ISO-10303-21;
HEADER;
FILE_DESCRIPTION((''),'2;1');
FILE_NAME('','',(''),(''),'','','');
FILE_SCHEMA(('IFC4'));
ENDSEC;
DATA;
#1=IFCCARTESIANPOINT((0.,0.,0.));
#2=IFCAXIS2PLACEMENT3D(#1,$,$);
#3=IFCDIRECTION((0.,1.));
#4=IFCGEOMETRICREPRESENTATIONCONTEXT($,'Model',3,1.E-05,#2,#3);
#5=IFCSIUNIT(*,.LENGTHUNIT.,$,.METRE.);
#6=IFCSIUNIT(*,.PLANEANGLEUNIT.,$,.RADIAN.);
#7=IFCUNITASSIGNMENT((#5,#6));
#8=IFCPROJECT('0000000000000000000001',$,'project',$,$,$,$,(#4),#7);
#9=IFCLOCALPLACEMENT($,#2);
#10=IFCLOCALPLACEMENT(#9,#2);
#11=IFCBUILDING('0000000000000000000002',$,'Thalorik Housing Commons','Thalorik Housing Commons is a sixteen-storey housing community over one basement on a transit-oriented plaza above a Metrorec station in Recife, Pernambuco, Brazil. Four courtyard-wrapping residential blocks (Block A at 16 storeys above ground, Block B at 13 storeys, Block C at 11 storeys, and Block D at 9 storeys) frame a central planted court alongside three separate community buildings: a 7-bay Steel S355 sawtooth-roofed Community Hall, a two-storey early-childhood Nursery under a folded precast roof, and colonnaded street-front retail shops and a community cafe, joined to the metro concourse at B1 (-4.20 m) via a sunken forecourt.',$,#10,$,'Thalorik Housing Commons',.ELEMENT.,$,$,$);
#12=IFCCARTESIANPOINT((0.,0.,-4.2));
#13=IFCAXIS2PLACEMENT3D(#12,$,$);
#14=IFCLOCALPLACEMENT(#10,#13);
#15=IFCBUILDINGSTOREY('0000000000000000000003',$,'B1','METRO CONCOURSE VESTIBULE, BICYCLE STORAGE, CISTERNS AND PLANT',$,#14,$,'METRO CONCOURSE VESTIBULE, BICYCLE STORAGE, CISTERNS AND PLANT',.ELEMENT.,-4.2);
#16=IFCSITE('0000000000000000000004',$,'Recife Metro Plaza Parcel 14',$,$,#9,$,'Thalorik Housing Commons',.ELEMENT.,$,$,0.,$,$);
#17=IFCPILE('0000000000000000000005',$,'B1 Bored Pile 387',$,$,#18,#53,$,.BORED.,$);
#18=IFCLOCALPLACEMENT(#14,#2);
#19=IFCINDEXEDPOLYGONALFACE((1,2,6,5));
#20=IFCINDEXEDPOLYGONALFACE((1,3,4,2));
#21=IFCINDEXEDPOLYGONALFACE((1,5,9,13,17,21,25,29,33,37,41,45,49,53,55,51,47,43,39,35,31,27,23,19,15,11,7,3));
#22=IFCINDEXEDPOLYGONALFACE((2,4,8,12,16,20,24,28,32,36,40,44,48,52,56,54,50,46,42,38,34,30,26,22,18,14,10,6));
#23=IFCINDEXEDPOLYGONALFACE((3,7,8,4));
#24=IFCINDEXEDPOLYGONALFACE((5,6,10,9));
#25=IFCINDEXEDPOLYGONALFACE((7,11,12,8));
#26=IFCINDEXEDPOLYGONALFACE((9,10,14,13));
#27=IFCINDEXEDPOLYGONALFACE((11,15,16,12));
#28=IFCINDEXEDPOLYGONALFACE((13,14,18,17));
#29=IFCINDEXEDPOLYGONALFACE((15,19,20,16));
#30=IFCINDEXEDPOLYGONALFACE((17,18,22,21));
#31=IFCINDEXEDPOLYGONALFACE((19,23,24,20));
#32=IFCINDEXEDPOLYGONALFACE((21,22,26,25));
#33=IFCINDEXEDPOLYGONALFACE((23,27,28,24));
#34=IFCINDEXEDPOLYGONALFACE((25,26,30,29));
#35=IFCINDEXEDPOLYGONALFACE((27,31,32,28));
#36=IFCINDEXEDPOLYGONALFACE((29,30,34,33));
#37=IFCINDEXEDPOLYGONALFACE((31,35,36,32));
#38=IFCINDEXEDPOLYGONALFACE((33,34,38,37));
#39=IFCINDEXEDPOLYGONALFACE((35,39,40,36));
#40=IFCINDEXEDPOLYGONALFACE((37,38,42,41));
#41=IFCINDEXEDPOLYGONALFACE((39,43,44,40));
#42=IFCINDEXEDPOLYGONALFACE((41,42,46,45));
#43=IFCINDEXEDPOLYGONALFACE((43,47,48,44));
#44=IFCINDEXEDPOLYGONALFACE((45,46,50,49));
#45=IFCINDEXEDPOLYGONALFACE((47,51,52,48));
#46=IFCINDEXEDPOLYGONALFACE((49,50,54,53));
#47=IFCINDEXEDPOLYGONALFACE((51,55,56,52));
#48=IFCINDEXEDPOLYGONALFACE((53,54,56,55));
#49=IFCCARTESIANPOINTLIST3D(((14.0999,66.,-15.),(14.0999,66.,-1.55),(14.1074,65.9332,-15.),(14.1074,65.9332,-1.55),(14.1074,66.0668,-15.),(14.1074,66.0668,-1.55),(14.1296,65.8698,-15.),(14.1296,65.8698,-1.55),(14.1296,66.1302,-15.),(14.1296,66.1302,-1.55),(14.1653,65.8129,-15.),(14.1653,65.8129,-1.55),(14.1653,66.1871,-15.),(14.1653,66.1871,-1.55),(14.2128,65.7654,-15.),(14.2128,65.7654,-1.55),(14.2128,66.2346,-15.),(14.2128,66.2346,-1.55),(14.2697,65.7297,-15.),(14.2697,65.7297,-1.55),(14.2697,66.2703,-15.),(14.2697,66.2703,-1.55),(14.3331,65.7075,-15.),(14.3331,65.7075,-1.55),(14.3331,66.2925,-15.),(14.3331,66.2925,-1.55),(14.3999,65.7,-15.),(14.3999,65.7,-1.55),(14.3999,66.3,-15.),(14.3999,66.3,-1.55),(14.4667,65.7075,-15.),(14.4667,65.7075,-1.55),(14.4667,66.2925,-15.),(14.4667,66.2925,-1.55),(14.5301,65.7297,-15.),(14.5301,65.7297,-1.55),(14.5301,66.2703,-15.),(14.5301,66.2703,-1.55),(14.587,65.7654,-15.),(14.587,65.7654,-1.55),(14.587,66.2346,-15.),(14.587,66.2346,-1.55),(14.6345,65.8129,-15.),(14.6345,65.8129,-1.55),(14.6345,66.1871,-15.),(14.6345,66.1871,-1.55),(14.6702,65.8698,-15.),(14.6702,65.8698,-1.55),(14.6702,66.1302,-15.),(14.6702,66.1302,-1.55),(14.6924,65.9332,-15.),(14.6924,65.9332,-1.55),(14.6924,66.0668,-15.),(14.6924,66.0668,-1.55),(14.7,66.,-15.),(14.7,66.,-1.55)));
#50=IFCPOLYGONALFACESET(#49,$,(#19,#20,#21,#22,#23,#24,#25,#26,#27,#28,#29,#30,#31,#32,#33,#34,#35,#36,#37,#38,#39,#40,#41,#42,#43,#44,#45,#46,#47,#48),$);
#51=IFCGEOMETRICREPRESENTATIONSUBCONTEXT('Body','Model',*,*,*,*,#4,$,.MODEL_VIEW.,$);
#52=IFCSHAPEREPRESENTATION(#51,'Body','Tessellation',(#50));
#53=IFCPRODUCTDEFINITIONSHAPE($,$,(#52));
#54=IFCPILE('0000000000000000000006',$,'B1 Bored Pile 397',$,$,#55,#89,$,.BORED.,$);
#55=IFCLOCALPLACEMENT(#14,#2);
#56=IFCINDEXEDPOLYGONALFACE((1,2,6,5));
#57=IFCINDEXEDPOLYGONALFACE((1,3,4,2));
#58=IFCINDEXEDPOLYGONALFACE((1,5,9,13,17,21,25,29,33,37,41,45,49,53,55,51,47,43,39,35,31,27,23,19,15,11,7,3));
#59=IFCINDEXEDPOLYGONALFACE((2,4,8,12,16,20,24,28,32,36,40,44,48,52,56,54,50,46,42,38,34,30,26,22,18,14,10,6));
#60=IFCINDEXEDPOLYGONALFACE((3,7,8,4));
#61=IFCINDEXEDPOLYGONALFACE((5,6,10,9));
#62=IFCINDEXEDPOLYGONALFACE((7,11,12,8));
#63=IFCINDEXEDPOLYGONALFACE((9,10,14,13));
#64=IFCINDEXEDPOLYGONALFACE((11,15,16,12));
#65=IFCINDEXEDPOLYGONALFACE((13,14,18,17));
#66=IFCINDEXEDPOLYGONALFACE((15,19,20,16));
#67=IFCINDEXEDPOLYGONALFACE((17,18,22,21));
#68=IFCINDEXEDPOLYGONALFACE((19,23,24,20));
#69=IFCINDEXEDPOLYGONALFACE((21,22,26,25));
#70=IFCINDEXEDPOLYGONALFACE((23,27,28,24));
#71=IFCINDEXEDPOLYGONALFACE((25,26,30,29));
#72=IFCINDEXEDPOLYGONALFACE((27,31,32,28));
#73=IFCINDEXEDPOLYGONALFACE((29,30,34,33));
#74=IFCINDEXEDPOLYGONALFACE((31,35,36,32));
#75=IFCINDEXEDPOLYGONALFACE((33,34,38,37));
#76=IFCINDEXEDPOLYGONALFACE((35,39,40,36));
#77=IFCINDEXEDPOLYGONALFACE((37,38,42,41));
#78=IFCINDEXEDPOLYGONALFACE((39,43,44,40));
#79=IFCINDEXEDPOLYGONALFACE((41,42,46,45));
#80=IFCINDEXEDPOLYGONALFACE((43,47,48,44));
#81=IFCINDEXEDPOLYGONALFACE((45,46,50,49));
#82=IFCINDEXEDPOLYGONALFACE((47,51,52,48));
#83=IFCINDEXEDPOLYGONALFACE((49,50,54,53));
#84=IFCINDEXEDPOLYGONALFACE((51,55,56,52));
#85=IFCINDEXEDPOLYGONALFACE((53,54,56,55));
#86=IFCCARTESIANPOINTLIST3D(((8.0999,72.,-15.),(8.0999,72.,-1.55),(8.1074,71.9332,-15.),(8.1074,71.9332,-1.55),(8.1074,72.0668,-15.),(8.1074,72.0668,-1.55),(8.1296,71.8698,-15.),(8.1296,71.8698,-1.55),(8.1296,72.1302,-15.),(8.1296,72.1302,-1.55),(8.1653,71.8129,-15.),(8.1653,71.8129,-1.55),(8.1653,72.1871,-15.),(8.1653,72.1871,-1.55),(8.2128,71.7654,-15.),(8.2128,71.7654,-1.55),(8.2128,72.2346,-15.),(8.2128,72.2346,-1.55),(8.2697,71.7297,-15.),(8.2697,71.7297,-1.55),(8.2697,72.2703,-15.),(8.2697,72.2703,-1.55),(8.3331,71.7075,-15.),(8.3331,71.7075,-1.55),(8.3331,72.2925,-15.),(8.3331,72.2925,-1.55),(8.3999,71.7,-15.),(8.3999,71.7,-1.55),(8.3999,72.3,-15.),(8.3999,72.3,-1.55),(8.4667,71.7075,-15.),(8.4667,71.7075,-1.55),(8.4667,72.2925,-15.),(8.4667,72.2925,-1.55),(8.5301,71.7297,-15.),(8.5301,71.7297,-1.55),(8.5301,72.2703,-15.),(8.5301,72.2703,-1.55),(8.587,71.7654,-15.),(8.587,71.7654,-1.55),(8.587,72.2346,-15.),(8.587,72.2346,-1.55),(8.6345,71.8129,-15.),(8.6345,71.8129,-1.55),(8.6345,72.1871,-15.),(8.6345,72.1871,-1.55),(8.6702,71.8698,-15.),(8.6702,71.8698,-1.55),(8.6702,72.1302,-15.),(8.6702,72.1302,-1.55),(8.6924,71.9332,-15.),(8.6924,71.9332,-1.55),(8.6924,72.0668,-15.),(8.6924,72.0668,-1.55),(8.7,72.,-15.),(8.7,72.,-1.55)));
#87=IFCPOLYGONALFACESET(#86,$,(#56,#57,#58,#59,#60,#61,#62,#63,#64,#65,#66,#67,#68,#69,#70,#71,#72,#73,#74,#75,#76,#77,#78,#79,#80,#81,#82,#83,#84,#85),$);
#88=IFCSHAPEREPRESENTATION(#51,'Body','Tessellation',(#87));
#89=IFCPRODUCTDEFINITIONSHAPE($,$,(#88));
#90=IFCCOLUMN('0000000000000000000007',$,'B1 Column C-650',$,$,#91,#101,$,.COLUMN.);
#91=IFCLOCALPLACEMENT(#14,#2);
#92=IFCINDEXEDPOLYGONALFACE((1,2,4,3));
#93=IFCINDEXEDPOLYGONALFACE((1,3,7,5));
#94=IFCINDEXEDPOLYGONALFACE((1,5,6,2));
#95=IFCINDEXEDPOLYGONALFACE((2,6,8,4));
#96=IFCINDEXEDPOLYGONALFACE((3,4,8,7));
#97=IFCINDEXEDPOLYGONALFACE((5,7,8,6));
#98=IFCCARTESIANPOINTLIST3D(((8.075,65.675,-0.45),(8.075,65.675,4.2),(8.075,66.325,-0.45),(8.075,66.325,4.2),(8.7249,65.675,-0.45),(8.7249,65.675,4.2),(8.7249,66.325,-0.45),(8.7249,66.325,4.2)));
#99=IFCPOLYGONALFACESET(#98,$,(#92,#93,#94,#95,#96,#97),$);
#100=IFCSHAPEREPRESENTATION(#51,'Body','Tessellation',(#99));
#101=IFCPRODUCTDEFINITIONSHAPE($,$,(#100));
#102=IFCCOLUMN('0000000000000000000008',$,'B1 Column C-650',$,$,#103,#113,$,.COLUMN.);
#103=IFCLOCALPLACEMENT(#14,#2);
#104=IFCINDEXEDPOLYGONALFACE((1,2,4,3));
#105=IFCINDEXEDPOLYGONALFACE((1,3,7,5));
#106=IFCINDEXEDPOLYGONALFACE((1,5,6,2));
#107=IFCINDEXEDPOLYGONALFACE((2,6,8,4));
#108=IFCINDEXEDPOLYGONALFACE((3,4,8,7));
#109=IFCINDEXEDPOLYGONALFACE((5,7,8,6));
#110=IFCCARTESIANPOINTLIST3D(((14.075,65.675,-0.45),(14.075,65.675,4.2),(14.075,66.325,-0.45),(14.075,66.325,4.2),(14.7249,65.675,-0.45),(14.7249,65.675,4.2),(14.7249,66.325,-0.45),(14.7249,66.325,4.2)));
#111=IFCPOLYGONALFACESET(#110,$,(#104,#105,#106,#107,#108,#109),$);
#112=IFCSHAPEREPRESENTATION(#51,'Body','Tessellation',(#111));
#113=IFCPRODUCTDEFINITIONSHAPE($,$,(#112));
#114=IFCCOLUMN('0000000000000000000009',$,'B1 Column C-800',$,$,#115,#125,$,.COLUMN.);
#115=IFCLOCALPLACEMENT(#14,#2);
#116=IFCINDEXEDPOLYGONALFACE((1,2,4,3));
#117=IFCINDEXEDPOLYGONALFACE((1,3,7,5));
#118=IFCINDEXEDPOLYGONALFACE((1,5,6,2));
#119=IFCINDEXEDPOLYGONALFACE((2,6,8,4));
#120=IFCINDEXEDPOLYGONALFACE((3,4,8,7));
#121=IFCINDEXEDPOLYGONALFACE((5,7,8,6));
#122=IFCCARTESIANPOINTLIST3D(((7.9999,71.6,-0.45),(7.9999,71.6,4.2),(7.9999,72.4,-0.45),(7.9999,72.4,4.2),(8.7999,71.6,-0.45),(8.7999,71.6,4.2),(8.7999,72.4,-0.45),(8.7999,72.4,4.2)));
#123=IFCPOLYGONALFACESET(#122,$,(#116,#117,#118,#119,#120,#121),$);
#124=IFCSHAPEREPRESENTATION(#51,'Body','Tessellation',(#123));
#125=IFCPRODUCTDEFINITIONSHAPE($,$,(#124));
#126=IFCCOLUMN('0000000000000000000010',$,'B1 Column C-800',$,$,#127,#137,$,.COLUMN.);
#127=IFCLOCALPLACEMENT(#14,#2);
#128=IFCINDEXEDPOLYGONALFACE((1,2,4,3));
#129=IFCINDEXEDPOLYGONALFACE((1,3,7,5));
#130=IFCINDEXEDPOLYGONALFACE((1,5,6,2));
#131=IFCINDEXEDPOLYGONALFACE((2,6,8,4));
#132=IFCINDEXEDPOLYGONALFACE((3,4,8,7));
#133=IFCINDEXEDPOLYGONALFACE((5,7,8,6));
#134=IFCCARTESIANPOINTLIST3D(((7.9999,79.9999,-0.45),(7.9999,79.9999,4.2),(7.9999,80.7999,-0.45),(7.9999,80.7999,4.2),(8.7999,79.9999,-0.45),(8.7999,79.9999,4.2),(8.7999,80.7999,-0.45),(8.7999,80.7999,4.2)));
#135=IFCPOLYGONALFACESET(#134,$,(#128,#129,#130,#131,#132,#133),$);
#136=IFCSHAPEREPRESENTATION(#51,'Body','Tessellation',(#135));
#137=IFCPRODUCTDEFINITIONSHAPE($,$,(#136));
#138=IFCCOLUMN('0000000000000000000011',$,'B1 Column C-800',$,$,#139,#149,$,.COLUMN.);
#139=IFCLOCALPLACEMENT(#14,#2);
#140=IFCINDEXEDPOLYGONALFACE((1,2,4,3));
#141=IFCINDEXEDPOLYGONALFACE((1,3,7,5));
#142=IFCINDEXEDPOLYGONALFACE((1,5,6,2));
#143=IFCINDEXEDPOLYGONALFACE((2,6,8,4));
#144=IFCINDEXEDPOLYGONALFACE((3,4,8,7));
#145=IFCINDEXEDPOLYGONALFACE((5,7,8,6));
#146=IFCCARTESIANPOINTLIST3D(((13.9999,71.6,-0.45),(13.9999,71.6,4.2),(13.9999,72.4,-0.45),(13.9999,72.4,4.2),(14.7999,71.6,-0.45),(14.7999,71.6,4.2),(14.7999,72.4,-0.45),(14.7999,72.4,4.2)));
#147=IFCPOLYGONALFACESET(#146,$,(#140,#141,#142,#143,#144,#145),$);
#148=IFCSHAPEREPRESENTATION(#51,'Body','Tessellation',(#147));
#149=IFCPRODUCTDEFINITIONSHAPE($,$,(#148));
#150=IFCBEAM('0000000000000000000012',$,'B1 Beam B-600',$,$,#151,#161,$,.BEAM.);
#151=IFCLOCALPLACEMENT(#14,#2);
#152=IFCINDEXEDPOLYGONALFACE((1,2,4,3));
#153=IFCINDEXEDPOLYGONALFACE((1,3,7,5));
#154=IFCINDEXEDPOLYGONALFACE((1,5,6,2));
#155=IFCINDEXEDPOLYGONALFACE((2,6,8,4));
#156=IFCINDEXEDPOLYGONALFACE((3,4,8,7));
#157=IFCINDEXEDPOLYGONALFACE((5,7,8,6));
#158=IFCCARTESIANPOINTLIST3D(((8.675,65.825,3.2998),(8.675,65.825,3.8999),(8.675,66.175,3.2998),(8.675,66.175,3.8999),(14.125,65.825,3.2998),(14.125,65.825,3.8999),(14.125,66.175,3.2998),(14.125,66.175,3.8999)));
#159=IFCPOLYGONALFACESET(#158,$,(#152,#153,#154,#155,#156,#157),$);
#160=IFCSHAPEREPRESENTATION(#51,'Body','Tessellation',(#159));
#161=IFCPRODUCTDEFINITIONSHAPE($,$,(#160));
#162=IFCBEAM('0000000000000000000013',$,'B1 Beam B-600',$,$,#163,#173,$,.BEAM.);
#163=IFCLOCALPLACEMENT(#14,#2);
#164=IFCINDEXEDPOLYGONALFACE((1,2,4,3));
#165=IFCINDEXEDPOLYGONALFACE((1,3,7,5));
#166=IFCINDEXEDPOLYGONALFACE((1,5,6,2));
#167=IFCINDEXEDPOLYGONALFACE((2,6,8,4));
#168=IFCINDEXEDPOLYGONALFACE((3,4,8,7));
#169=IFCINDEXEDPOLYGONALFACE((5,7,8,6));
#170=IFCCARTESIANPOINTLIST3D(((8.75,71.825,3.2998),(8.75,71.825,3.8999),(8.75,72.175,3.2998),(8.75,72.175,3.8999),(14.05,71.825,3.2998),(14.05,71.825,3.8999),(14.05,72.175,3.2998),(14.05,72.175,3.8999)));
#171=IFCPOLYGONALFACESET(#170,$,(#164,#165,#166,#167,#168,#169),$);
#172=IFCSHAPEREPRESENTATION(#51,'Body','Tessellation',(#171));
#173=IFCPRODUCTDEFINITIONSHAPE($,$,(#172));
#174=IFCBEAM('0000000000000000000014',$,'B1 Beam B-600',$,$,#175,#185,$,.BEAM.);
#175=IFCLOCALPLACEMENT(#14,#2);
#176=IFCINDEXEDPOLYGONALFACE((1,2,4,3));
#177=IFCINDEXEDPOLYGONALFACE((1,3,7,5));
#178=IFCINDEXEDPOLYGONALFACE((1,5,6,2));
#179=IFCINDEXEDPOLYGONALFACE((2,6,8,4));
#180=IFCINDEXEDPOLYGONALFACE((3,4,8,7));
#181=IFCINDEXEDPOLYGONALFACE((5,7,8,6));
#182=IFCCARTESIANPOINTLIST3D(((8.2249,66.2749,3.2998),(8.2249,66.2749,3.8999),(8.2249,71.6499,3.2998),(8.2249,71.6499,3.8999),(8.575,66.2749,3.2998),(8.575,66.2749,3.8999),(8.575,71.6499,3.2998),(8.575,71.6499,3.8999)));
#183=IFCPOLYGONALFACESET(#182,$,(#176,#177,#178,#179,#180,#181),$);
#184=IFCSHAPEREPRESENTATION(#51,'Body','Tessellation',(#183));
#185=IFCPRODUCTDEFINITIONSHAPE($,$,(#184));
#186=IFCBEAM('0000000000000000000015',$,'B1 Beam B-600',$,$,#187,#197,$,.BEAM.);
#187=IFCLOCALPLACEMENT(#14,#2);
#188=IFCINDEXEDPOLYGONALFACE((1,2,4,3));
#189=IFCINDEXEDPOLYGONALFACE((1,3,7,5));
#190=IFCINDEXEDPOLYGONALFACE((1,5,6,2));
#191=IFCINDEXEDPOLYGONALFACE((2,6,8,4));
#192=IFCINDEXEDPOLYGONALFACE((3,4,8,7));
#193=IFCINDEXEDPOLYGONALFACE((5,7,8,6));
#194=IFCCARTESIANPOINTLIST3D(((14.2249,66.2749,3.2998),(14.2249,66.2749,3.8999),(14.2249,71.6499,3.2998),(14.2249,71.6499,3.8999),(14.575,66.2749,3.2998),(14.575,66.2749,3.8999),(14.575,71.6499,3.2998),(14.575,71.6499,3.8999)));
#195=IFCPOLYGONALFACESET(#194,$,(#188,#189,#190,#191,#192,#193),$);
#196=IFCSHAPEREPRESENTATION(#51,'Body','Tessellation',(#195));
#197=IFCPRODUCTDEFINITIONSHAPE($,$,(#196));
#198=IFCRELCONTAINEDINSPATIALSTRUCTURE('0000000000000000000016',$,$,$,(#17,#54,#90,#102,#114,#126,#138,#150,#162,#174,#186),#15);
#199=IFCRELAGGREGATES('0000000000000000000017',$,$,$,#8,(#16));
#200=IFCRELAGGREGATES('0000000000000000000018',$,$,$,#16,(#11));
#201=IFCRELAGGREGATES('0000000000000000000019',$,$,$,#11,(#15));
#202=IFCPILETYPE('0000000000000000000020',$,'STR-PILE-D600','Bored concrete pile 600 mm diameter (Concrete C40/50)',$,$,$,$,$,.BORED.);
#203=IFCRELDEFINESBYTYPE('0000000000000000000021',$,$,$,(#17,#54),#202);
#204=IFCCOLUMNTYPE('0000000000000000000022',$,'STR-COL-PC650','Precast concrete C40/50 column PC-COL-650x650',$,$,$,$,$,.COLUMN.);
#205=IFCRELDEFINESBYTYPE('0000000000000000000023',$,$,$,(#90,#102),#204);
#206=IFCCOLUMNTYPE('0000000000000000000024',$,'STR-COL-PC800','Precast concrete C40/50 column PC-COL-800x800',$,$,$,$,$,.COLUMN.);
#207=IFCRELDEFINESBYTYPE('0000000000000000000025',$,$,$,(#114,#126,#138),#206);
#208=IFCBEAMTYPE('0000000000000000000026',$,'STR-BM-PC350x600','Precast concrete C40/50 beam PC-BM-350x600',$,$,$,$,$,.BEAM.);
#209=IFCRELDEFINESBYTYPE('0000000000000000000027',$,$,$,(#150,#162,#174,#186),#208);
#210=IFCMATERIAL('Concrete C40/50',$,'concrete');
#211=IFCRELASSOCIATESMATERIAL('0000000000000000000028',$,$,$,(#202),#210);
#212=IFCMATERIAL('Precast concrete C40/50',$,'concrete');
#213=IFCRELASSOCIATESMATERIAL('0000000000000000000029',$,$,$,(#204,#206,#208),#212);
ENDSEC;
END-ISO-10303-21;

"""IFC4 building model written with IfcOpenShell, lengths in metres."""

from ifc_helpers import new_model, si_unit, direction, frame, origin, origin_2d, place, context, subcontext, project, spatial, rectangle, circle, extrude, material, material_profile, profile_set, type_object, element, save


model = new_model("IFC4")

# Units and contexts
model_context = context("Model", 3, precision=1e-05, world=origin(), true_north=direction((0.0, 1.0)))
body_context = subcontext(model_context, "Body", "Model", "MODEL_VIEW")
ifc_project = project(units=[si_unit("LENGTHUNIT", "METRE"), si_unit("PLANEANGLEUNIT", "RADIAN")], contexts=[model_context])

# Site, building, storey
site_placement = place(None, origin())
site = spatial("IfcSite", under=ifc_project, at=site_placement, Name="Recife Metro Plaza Parcel 14", LongName="Thalorik Housing Commons", CompositionType="ELEMENT", RefElevation=0.0)
building_placement = place(site_placement, origin())
building = spatial("IfcBuilding", under=site, at=building_placement, Name="Thalorik Housing Commons", Description="Thalorik Housing Commons is a sixteen-storey housing community over one basement on a transit-oriented plaza above a Metrorec station in Recife, Pernambuco, Brazil. Four courtyard-wrapping residential blocks (Block A at 16 storeys above ground, Block B at 13 storeys, Block C at 11 storeys, and Block D at 9 storeys) frame a central planted court alongside three separate community buildings: a 7-bay Steel S355 sawtooth-roofed Community Hall, a two-storey early-childhood Nursery under a folded precast roof, and colonnaded street-front retail shops and a community cafe, joined to the metro concourse at B1 (-4.20 m) via a sunken forecourt.", LongName="Thalorik Housing Commons", CompositionType="ELEMENT")
storey_placement = place(building_placement, frame((0.0, 0.0, -4.2)))
storey = spatial("IfcBuildingStorey", under=building, at=storey_placement, Name="B1", Description="METRO CONCOURSE VESTIBULE, BICYCLE STORAGE, CISTERNS AND PLANT", LongName="METRO CONCOURSE VESTIBULE, BICYCLE STORAGE, CISTERNS AND PLANT", CompositionType="ELEMENT", Elevation=-4.2)

# Shared definitions
ifc_material_1 = material(Name="Concrete C40/50", Category="concrete")

# Piles
ifc_material_profile_1 = material_profile(ifc_material_1, circle(Radius=0.3, at=origin_2d()), Name="BORED PILE D600", Category="concrete")
ifc_profile_set_1 = profile_set([ifc_material_profile_1], Name="Concrete C40/50")
pile_type = type_object("IfcPileType", Name="STR-PILE-D600", Description="Bored concrete pile 600 mm diameter (Concrete C40/50)", PredefinedType="BORED", material=ifc_profile_set_1)
for number, where, z_axis, x_axis, name in (
    (1, (14.3999, 66.0, -1.55), (0.0, 0.0, -1.0), (1.0, 0.0, 0.0), "B1 Bored Pile 387"),
    (2, (8.3999, 72.0, -1.55), (0.0, 0.0, -1.0), (1.0, 0.0, 0.0), "B1 Bored Pile 397"),
):
    element("IfcPile", number, at=place(storey_placement, frame(where, z_axis=z_axis, x_axis=x_axis)), inside=storey, type_object=pile_type, Name=name, PredefinedType="BORED", context=body_context, shape_type="SweptSolid", body=[
        extrude(circle(Radius=0.3, at=origin_2d()), origin(), (0.0, 0.0, 1.0), 13.45),
    ])

# Columns
ifc_material_2 = material(Name="Precast concrete C40/50", Category="concrete")
ifc_material_profile_2 = material_profile(ifc_material_2, rectangle(XDim=0.6499, YDim=0.6499, at=origin_2d()), Name="PC 650x650", Category="concrete")
ifc_profile_set_2 = profile_set([ifc_material_profile_2], Name="Precast concrete C40/50")
column_type_1 = type_object("IfcColumnType", Name="STR-COL-PC650", Description="Precast concrete C40/50 column PC-COL-650x650", PredefinedType="COLUMN", material=ifc_profile_set_2)
for number, where, z_axis, x_axis, name in (
    (3, (8.3999, 66.0, -0.45), (0.0, 0.0, 1.0), (1.0, 0.0, 0.0), "B1 Column C-650"),
    (4, (14.3999, 66.0, -0.45), (0.0, 0.0, 1.0), (1.0, 0.0, 0.0), "B1 Column C-650"),
):
    element("IfcColumn", number, at=place(storey_placement, frame(where, z_axis=z_axis, x_axis=x_axis)), inside=storey, type_object=column_type_1, Name=name, PredefinedType="COLUMN", context=body_context, shape_type="SweptSolid", body=[
        extrude(rectangle(XDim=0.6499, YDim=0.6499, at=origin_2d()), origin(), (0.0, 0.0, 1.0), 4.6499),
    ])
ifc_material_profile_3 = material_profile(ifc_material_2, rectangle(XDim=0.8, YDim=0.8, at=origin_2d()), Name="PC 800x800", Category="concrete")
ifc_profile_set_3 = profile_set([ifc_material_profile_3], Name="Precast concrete C40/50")
column_type_2 = type_object("IfcColumnType", Name="STR-COL-PC800", Description="Precast concrete C40/50 column PC-COL-800x800", PredefinedType="COLUMN", material=ifc_profile_set_3)
for number, where, z_axis, x_axis, name in (
    (5, (8.3999, 72.0, -0.45), (0.0, 0.0, 1.0), (1.0, 0.0, 0.0), "B1 Column C-800"),
    (6, (8.3999, 80.3999, -0.45), (0.0, 0.0, 1.0), (1.0, 0.0, 0.0), "B1 Column C-800"),
    (7, (14.3999, 72.0, -0.45), (0.0, 0.0, 1.0), (1.0, 0.0, 0.0), "B1 Column C-800"),
):
    element("IfcColumn", number, at=place(storey_placement, frame(where, z_axis=z_axis, x_axis=x_axis)), inside=storey, type_object=column_type_2, Name=name, PredefinedType="COLUMN", context=body_context, shape_type="SweptSolid", body=[
        extrude(rectangle(XDim=0.8, YDim=0.8, at=origin_2d()), origin(), (0.0, 0.0, 1.0), 4.6499),
    ])

# Beams
ifc_material_profile_4 = material_profile(ifc_material_2, rectangle(XDim=0.3501, YDim=0.6001, at=origin_2d()), Name="PC 350x600", Category="concrete")
ifc_profile_set_4 = profile_set([ifc_material_profile_4], Name="Precast concrete C40/50")
beam_type_1 = type_object("IfcBeamType", Name="STR-BM-PC350x600", Description="Precast concrete C40/50 beam PC-BM-350x600", PredefinedType="BEAM", material=ifc_profile_set_4)
beam_1_placement = place(storey_placement, frame((8.675, 66.0, 3.5999), z_axis=(1.0, 0.0, 0.0), x_axis=(0.0, 1.0, 0.0)))
element("IfcBeam", 8, at=beam_1_placement, inside=storey, type_object=beam_type_1, Name="B1 Beam B-600", PredefinedType="BEAM", context=body_context, shape_type="SweptSolid", body=[
    extrude(rectangle(XDim=0.3501, YDim=0.6001, at=origin_2d()), origin(), (0.0, 0.0, 1.0), 5.45),
])
beam_2_placement = place(storey_placement, frame((8.75, 72.0, 3.5999), z_axis=(1.0, 0.0, 0.0), x_axis=(0.0, 1.0, 0.0)))
element("IfcBeam", 9, at=beam_2_placement, inside=storey, type_object=beam_type_1, Name="B1 Beam B-600", PredefinedType="BEAM", context=body_context, shape_type="SweptSolid", body=[
    extrude(rectangle(XDim=0.3501, YDim=0.6001, at=origin_2d()), origin(), (0.0, 0.0, 1.0), 5.3),
])
for number, where, z_axis, x_axis, name in (
    (10, (8.3999, 66.2749, 3.5999), (0.0, 1.0, 0.0), (-1.0, 0.0, 0.0), "B1 Beam B-600"),
    (11, (14.3999, 66.2749, 3.5999), (0.0, 1.0, 0.0), (-1.0, 0.0, 0.0), "B1 Beam B-600"),
):
    element("IfcBeam", number, at=place(storey_placement, frame(where, z_axis=z_axis, x_axis=x_axis)), inside=storey, type_object=beam_type_1, Name=name, PredefinedType="BEAM", context=body_context, shape_type="SweptSolid", body=[
        extrude(rectangle(XDim=0.3501, YDim=0.6001, at=origin_2d()), origin(), (0.0, 0.0, 1.0), 5.375),
    ])

save(model, "model.ifc")
